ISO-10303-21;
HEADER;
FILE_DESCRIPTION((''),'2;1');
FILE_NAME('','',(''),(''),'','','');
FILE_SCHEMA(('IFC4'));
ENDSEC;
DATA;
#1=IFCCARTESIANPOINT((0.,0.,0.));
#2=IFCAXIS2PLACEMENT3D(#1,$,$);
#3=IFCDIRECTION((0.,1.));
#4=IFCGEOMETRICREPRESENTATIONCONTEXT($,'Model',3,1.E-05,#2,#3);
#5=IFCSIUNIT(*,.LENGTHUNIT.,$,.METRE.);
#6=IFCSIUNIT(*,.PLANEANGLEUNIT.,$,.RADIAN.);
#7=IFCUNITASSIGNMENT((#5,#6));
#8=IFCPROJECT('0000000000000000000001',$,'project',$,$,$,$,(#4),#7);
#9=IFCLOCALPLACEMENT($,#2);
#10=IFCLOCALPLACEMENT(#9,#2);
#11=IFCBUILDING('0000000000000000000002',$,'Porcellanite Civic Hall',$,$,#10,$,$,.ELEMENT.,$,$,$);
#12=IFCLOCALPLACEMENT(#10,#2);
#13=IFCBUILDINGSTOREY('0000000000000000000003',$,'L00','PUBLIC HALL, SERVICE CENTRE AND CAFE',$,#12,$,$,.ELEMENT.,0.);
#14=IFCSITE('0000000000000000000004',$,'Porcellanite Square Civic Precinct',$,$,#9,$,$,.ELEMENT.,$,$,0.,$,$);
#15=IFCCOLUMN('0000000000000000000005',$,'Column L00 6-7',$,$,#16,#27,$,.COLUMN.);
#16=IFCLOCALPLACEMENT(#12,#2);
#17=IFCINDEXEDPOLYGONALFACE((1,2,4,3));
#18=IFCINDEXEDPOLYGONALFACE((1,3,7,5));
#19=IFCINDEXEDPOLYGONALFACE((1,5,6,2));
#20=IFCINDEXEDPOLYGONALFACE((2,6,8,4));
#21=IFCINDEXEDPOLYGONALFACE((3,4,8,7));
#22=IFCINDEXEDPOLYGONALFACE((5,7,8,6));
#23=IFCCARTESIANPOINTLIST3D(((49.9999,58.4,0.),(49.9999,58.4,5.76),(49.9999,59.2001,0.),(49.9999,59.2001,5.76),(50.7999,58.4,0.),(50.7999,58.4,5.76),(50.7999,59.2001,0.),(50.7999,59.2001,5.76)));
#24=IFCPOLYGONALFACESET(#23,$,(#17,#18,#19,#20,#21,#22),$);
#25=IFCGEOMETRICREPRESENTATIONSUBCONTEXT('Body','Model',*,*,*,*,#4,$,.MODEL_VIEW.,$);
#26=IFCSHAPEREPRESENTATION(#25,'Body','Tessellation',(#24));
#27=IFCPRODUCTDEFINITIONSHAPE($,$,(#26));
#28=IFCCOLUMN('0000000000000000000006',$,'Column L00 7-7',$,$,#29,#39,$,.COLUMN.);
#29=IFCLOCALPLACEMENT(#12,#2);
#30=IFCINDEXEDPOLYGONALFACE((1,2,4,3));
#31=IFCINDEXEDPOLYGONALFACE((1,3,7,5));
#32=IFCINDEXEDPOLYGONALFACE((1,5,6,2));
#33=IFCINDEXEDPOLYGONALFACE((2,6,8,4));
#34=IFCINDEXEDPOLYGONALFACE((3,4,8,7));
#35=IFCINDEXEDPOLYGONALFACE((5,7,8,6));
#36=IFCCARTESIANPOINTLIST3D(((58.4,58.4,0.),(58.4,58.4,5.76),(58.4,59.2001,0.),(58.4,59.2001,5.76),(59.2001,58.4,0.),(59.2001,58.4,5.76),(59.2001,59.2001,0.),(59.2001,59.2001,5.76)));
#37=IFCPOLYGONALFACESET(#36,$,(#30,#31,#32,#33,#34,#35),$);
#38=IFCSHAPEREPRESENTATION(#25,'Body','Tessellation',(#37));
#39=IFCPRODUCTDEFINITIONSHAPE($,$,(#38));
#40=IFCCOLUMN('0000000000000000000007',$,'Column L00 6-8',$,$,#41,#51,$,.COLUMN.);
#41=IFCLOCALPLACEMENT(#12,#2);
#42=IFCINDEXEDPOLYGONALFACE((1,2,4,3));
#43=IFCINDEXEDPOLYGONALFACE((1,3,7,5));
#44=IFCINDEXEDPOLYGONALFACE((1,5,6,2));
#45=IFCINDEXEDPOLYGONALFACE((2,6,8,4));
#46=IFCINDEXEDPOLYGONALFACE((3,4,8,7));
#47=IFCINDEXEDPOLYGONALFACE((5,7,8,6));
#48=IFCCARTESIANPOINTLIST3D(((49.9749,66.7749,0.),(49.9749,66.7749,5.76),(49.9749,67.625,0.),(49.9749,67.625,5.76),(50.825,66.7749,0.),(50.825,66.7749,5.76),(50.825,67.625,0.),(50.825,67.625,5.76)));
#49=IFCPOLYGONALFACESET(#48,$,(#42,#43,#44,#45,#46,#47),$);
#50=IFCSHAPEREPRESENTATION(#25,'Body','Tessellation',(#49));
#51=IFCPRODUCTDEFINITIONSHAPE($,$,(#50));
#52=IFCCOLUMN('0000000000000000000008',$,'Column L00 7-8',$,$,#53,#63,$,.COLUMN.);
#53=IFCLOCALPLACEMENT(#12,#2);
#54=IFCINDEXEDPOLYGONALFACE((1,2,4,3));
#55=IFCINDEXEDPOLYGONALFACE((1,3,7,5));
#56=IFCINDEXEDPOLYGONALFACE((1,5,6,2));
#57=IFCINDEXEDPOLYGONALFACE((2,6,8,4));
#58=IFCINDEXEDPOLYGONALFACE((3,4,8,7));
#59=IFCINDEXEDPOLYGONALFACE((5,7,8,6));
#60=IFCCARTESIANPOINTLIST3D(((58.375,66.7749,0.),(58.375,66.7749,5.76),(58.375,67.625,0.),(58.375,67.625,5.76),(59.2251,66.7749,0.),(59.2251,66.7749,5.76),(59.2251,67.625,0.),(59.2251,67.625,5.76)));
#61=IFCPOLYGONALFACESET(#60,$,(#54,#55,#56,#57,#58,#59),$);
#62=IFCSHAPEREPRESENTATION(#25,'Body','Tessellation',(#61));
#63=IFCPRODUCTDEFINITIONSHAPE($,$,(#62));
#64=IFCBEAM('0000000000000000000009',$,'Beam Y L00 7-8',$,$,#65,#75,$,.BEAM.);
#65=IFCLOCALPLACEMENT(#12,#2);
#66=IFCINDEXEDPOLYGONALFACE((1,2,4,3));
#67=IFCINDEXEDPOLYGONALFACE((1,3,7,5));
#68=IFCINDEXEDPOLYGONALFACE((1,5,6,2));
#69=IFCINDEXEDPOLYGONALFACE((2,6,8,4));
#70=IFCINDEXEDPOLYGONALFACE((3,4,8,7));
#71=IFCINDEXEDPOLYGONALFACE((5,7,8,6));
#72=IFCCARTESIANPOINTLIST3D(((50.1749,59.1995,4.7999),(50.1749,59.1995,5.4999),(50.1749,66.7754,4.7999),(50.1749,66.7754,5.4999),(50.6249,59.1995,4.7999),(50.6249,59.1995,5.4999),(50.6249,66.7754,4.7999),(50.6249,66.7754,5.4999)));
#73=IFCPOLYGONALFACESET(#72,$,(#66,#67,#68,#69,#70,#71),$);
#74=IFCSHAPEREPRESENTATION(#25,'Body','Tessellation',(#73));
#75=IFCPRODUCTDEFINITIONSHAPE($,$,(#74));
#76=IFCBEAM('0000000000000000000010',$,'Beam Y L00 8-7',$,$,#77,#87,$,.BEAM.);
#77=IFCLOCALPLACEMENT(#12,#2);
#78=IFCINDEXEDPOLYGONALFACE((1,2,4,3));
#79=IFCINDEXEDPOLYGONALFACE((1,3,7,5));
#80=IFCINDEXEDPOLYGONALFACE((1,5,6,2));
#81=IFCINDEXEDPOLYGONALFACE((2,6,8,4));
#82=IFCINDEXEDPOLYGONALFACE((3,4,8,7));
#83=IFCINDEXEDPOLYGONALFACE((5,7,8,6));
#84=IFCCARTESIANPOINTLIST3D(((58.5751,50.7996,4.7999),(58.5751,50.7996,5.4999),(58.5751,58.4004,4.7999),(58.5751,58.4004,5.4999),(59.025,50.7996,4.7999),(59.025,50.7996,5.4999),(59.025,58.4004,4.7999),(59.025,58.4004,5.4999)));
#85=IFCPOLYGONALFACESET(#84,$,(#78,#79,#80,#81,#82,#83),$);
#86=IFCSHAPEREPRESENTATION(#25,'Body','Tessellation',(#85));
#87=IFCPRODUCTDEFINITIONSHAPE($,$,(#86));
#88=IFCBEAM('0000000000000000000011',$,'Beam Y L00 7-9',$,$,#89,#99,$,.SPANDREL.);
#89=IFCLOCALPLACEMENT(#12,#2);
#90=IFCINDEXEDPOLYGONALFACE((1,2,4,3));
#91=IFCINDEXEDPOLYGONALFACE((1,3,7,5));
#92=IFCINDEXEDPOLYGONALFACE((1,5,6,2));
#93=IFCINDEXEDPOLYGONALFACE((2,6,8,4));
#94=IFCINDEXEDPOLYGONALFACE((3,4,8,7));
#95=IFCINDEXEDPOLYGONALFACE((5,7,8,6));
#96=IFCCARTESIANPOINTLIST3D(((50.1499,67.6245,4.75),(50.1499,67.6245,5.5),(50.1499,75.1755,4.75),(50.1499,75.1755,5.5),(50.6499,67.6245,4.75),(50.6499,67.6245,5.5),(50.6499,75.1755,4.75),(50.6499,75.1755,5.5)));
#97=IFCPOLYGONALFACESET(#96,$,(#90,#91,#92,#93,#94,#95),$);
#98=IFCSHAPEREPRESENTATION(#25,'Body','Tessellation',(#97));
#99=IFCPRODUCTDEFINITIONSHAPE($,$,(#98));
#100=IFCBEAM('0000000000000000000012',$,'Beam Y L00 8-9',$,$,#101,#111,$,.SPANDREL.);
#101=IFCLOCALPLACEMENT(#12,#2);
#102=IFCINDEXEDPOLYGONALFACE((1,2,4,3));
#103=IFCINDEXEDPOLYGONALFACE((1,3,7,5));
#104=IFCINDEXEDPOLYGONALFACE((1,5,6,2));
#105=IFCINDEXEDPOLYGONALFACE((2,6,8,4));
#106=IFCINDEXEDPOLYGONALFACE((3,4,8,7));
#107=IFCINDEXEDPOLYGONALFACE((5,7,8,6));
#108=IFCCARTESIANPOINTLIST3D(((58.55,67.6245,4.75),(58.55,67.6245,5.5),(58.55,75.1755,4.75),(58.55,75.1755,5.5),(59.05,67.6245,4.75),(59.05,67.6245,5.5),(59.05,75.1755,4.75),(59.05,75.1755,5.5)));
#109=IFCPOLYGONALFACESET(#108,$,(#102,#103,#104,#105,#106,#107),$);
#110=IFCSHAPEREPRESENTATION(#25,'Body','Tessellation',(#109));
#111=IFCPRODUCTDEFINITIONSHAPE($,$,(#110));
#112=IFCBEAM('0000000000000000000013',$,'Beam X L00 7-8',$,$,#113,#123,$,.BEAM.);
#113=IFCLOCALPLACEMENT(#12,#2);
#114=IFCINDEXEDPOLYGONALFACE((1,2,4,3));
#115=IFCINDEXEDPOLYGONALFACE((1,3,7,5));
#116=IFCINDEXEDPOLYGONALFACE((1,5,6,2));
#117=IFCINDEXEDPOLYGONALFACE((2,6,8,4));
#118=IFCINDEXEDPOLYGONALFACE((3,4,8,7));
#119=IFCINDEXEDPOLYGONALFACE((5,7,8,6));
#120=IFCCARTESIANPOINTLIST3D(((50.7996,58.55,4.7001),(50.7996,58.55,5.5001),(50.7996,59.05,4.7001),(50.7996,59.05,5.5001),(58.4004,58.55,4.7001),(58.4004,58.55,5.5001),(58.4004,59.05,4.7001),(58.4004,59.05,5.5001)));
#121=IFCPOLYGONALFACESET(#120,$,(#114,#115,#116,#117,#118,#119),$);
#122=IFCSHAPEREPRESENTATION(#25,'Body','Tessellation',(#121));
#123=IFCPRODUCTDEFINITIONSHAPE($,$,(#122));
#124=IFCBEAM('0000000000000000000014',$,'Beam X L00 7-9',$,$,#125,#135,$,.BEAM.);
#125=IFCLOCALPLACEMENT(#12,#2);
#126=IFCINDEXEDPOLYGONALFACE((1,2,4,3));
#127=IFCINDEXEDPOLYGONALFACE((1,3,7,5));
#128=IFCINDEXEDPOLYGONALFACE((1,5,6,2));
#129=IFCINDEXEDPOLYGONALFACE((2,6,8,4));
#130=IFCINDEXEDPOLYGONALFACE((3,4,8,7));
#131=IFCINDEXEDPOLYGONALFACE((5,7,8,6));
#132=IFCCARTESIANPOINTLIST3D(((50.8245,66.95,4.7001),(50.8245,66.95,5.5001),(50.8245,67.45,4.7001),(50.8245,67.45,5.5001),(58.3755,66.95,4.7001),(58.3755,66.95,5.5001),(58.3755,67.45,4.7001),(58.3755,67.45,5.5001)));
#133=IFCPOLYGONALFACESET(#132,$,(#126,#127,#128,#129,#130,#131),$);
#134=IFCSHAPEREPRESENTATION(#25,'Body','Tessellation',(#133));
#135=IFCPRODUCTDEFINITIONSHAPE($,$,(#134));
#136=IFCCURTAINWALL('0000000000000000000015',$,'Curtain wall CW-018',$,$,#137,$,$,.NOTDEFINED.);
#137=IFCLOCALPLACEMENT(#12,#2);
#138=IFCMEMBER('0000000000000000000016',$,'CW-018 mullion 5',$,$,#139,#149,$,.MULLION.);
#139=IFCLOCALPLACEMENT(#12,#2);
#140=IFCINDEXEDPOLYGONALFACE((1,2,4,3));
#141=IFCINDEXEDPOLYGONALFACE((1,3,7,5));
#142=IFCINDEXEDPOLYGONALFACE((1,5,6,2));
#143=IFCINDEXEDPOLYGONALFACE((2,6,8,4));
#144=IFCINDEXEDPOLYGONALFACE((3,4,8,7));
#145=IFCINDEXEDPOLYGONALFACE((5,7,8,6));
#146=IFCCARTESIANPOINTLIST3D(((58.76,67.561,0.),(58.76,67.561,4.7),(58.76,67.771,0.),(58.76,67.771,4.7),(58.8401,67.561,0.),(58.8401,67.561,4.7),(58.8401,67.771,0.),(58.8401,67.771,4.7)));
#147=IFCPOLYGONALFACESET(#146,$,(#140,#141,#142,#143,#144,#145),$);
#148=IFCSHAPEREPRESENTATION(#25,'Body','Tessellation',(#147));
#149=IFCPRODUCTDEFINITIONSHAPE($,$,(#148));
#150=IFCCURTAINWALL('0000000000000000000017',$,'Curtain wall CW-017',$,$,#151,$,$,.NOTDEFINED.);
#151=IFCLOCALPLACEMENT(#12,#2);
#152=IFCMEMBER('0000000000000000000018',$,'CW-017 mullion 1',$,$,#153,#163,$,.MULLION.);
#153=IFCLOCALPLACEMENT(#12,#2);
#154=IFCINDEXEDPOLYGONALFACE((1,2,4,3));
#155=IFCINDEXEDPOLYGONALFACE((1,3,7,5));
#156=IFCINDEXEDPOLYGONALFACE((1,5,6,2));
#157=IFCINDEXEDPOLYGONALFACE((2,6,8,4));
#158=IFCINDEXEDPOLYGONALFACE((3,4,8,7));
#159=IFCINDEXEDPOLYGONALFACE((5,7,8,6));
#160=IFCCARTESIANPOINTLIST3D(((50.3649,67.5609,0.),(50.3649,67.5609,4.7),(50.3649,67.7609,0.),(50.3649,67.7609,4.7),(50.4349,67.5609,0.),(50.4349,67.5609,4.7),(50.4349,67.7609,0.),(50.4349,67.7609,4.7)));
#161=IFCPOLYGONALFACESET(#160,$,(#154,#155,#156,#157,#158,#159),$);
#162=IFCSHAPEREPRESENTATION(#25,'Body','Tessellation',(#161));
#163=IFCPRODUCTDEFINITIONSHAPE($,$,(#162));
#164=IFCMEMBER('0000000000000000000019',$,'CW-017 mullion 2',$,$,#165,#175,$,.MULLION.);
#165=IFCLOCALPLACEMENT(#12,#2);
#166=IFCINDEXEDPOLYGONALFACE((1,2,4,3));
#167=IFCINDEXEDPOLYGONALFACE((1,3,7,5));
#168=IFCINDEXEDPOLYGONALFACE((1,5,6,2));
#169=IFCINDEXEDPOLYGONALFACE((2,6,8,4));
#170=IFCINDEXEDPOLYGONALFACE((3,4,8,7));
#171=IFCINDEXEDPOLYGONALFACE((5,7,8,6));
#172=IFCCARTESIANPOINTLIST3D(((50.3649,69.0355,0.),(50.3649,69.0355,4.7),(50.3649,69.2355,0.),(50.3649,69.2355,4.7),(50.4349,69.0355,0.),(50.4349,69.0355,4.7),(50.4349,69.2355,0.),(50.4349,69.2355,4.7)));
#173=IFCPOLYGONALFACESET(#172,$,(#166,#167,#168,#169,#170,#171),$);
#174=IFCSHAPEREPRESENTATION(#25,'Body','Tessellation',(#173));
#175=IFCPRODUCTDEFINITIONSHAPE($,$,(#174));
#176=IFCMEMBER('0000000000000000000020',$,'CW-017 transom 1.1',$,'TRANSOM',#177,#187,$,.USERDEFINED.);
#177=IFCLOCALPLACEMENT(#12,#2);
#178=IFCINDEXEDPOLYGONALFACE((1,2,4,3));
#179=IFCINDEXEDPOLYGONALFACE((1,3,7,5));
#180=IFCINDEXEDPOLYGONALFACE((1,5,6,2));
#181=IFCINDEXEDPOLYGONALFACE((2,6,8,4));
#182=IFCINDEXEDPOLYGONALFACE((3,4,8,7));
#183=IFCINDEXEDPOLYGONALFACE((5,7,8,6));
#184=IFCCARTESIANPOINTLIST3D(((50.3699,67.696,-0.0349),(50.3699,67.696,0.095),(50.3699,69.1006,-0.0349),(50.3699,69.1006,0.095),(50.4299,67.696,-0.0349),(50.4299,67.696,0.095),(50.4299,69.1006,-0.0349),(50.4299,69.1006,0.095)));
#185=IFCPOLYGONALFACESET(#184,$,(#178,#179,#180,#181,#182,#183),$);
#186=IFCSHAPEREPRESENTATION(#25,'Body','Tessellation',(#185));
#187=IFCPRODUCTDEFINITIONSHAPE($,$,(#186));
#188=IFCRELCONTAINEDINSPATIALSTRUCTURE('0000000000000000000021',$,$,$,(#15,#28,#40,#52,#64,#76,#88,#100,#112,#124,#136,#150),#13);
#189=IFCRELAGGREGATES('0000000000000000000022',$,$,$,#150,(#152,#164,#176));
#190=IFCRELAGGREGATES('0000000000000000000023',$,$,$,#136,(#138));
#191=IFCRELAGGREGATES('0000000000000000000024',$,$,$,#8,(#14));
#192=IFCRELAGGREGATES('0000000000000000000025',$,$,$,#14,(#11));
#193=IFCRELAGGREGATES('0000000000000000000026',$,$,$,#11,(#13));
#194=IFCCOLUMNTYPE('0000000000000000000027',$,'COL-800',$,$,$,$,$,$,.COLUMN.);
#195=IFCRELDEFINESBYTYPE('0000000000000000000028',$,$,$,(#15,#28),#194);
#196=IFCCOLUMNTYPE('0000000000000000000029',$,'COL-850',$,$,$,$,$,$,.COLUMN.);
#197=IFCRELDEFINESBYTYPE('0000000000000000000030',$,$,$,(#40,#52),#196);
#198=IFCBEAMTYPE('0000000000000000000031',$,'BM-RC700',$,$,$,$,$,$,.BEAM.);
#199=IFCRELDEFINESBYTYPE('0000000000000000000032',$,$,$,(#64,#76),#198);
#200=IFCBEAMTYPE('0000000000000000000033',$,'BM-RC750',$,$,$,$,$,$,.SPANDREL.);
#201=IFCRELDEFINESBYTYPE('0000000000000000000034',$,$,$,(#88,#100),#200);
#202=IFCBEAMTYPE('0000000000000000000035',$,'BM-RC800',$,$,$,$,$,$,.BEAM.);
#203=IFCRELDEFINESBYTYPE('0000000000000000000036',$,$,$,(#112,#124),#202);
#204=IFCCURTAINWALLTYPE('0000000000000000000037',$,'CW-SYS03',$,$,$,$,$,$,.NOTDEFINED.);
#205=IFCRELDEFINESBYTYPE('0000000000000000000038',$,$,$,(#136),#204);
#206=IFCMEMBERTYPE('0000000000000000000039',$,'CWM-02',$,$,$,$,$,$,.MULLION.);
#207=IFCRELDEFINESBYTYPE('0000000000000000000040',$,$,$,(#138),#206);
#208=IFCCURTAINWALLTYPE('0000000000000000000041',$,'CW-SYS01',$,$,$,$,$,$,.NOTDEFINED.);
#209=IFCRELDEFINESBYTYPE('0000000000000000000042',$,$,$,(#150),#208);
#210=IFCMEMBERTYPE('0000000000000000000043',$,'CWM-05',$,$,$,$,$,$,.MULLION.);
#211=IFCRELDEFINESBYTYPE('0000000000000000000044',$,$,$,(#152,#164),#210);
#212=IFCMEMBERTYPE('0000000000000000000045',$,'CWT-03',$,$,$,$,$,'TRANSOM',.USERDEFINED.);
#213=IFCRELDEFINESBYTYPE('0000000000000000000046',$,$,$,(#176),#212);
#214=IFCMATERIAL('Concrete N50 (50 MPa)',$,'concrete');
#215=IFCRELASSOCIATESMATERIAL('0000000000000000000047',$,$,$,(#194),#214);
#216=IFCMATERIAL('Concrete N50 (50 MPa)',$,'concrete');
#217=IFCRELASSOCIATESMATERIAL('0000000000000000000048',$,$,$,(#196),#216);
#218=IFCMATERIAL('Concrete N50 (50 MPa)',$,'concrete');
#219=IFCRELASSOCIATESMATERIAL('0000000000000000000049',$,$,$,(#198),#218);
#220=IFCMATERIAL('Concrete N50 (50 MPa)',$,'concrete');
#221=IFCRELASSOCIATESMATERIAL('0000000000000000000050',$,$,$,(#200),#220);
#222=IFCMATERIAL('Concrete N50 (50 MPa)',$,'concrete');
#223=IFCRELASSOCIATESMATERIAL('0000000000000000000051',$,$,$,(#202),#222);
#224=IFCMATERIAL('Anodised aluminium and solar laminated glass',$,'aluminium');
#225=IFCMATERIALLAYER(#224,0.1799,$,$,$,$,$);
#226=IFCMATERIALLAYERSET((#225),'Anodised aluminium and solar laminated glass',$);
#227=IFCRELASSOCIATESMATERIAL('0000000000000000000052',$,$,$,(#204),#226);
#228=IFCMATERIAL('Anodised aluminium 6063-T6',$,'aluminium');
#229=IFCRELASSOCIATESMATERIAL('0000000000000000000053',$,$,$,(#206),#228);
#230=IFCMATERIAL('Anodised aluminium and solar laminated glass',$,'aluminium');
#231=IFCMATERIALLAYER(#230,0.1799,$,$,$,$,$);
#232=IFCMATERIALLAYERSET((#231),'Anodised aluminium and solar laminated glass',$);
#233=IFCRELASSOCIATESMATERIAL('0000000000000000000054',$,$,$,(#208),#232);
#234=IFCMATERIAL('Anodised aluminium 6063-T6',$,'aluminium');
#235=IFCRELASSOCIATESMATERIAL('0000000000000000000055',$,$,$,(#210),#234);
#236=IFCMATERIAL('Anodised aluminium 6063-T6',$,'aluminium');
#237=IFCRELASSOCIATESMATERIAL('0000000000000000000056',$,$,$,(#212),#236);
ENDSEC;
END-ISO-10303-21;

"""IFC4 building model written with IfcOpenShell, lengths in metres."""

from ifc_helpers import new_model, si_unit, direction, frame, origin, origin_2d, place, context, subcontext, project, spatial, rectangle, extrude, material, layer, layer_set, material_profile, profile_set, type_object, element, aggregate, save


model = new_model("IFC4")

# Units and contexts
model_context = context("Model", 3, precision=1e-05, world=origin(), true_north=direction((0.0, 1.0)))
body_context = subcontext(model_context, "Body", "Model", "MODEL_VIEW")
ifc_project = project(units=[si_unit("LENGTHUNIT", "METRE"), si_unit("PLANEANGLEUNIT", "RADIAN")], contexts=[model_context])

# Site, building, storey
site_placement = place(None, origin())
site = spatial("IfcSite", under=ifc_project, at=site_placement, Name="Porcellanite Square Civic Precinct", CompositionType="ELEMENT", RefElevation=0.0)
building_placement = place(site_placement, origin())
building = spatial("IfcBuilding", under=site, at=building_placement, Name="Porcellanite Civic Hall", CompositionType="ELEMENT")
storey_placement = place(building_placement, origin())
storey = spatial("IfcBuildingStorey", under=building, at=storey_placement, Name="L00", Description="PUBLIC HALL, SERVICE CENTRE AND CAFE", CompositionType="ELEMENT", Elevation=0.0)

# Columns
ifc_material_1 = material(Name="Concrete N50 (50 MPa)", Category="concrete")
ifc_material_profile_1 = material_profile(ifc_material_1, rectangle(XDim=0.8, YDim=0.8, at=origin_2d()), Name="RC-800x800")
ifc_profile_set_1 = profile_set([ifc_material_profile_1], Name="Concrete N50 (50 MPa)")
column_type_1 = type_object("IfcColumnType", Name="COL-800", PredefinedType="COLUMN", material=ifc_profile_set_1)
for number, where, z_axis, x_axis, name in (
    (1, (50.3999, 58.8, 0.0), (0.0, 0.0, 1.0), (1.0, 0.0, 0.0), "Column L00 6-7"),
    (2, (58.8, 58.8, 0.0), (0.0, 0.0, 1.0), (1.0, 0.0, 0.0), "Column L00 7-7"),
):
    element("IfcColumn", number, at=place(storey_placement, frame(where, z_axis=z_axis, x_axis=x_axis)), inside=storey, type_object=column_type_1, Name=name, PredefinedType="COLUMN", context=body_context, shape_type="SweptSolid", body=[
        extrude(rectangle(XDim=0.8, YDim=0.8, at=origin_2d()), origin(), (0.0, 0.0, 1.0), 5.76),
    ])
ifc_material_2 = material(Name="Concrete N50 (50 MPa)", Category="concrete")
ifc_material_profile_2 = material_profile(ifc_material_2, rectangle(XDim=0.8501, YDim=0.8501, at=origin_2d()), Name="RC-850x850")
ifc_profile_set_2 = profile_set([ifc_material_profile_2], Name="Concrete N50 (50 MPa)")
column_type_2 = type_object("IfcColumnType", Name="COL-850", PredefinedType="COLUMN", material=ifc_profile_set_2)
for number, where, z_axis, x_axis, name in (
    (3, (50.3999, 67.2, 0.0), (0.0, 0.0, 1.0), (1.0, 0.0, 0.0), "Column L00 6-8"),
    (4, (58.8, 67.2, 0.0), (0.0, 0.0, 1.0), (1.0, 0.0, 0.0), "Column L00 7-8"),
):
    element("IfcColumn", number, at=place(storey_placement, frame(where, z_axis=z_axis, x_axis=x_axis)), inside=storey, type_object=column_type_2, Name=name, PredefinedType="COLUMN", context=body_context, shape_type="SweptSolid", body=[
        extrude(rectangle(XDim=0.8501, YDim=0.8501, at=origin_2d()), origin(), (0.0, 0.0, 1.0), 5.76),
    ])

# Beams
ifc_material_3 = material(Name="Concrete N50 (50 MPa)", Category="concrete")
ifc_material_profile_3 = material_profile(ifc_material_3, rectangle(XDim=0.45, YDim=0.7, at=origin_2d()), Name="RC-450x700")
ifc_profile_set_3 = profile_set([ifc_material_profile_3], Name="Concrete N50 (50 MPa)")
beam_type_1 = type_object("IfcBeamType", Name="BM-RC700", PredefinedType="BEAM", material=ifc_profile_set_3)
beam_1_placement = place(storey_placement, frame((50.3999, 59.1995, 5.1499), z_axis=(0.0, 1.0, 0.0), x_axis=(-1.0, 0.0, 0.0)))
element("IfcBeam", 5, at=beam_1_placement, inside=storey, type_object=beam_type_1, Name="Beam Y L00 7-8", PredefinedType="BEAM", context=body_context, shape_type="SweptSolid", body=[
    extrude(rectangle(XDim=0.45, YDim=0.7, at=origin_2d()), origin(), (0.0, 0.0, 1.0), 7.5759),
])
beam_2_placement = place(storey_placement, frame((58.8, 50.7996, 5.1499), z_axis=(0.0, 1.0, 0.0), x_axis=(-1.0, 0.0, 0.0)))
element("IfcBeam", 6, at=beam_2_placement, inside=storey, type_object=beam_type_1, Name="Beam Y L00 8-7", PredefinedType="BEAM", context=body_context, shape_type="SweptSolid", body=[
    extrude(rectangle(XDim=0.45, YDim=0.7, at=origin_2d()), origin(), (0.0, 0.0, 1.0), 7.6008),
])
ifc_material_4 = material(Name="Concrete N50 (50 MPa)", Category="concrete")
ifc_material_profile_4 = material_profile(ifc_material_4, rectangle(XDim=0.5, YDim=0.75, at=origin_2d()), Name="RC-500x750")
ifc_profile_set_4 = profile_set([ifc_material_profile_4], Name="Concrete N50 (50 MPa)")
beam_type_2 = type_object("IfcBeamType", Name="BM-RC750", PredefinedType="SPANDREL", material=ifc_profile_set_4)
for number, where, z_axis, x_axis, name in (
    (7, (50.3999, 67.6245, 5.125), (0.0, 1.0, 0.0), (-1.0, 0.0, 0.0), "Beam Y L00 7-9"),
    (8, (58.8, 67.6245, 5.125), (0.0, 1.0, 0.0), (-1.0, 0.0, 0.0), "Beam Y L00 8-9"),
):
    element("IfcBeam", number, at=place(storey_placement, frame(where, z_axis=z_axis, x_axis=x_axis)), inside=storey, type_object=beam_type_2, Name=name, PredefinedType="SPANDREL", context=body_context, shape_type="SweptSolid", body=[
        extrude(rectangle(XDim=0.5, YDim=0.75, at=origin_2d()), origin(), (0.0, 0.0, 1.0), 7.551),
    ])
ifc_material_5 = material(Name="Concrete N50 (50 MPa)", Category="concrete")
ifc_material_profile_5 = material_profile(ifc_material_5, rectangle(XDim=0.5, YDim=0.8, at=origin_2d()), Name="RC-500x800")
ifc_profile_set_5 = profile_set([ifc_material_profile_5], Name="Concrete N50 (50 MPa)")
beam_type_3 = type_object("IfcBeamType", Name="BM-RC800", PredefinedType="BEAM", material=ifc_profile_set_5)
beam_3_placement = place(storey_placement, frame((50.7996, 58.8, 5.1001), z_axis=(1.0, 0.0, 0.0), x_axis=(0.0, 1.0, 0.0)))
element("IfcBeam", 9, at=beam_3_placement, inside=storey, type_object=beam_type_3, Name="Beam X L00 7-8", PredefinedType="BEAM", context=body_context, shape_type="SweptSolid", body=[
    extrude(rectangle(XDim=0.5, YDim=0.8, at=origin_2d()), origin(), (0.0, 0.0, 1.0), 7.6008),
])
beam_4_placement = place(storey_placement, frame((50.8245, 67.2, 5.1001), z_axis=(1.0, 0.0, 0.0), x_axis=(0.0, 1.0, 0.0)))
element("IfcBeam", 10, at=beam_4_placement, inside=storey, type_object=beam_type_3, Name="Beam X L00 7-9", PredefinedType="BEAM", context=body_context, shape_type="SweptSolid", body=[
    extrude(rectangle(XDim=0.5, YDim=0.8, at=origin_2d()), origin(), (0.0, 0.0, 1.0), 7.551),
])

# Curtain wall, member
ifc_material_6 = material(Name="Anodised aluminium and solar laminated glass", Category="aluminium")
ifc_layer_1 = layer(ifc_material_6, 0.1799)
ifc_layer_set_1 = layer_set([ifc_layer_1], Name="Anodised aluminium and solar laminated glass")
curtain_wall_type_1 = type_object("IfcCurtainWallType", Name="CW-SYS03", PredefinedType="NOTDEFINED", material=ifc_layer_set_1)
curtain_wall_1_placement = place(storey_placement, origin())
curtain_wall_1 = element("IfcCurtainWall", 11, at=curtain_wall_1_placement, inside=storey, type_object=curtain_wall_type_1, Name="Curtain wall CW-018", PredefinedType="NOTDEFINED")
ifc_material_7 = material(Name="Anodised aluminium 6063-T6", Category="aluminium")
ifc_material_profile_6 = material_profile(ifc_material_7, rectangle(XDim=0.0801, YDim=0.21, at=origin_2d()), Name="AL-80x210")
ifc_profile_set_6 = profile_set([ifc_material_profile_6], Name="Anodised aluminium 6063-T6")
member_type_1 = type_object("IfcMemberType", Name="CWM-02", PredefinedType="MULLION", material=ifc_profile_set_6)
member_1_placement = place(storey_placement, frame((58.8, 67.666, 0.0), z_axis=(0.0, 0.0, 1.0), x_axis=(1.0, 0.0, 0.0)))
member_1 = element("IfcMember", 12, at=member_1_placement, type_object=member_type_1, Name="CW-018 mullion 5", PredefinedType="MULLION", context=body_context, shape_type="SweptSolid", body=[
    extrude(rectangle(XDim=0.0801, YDim=0.21, at=origin_2d()), origin(), (0.0, 0.0, 1.0), 4.7),
])

# Curtain wall, members
ifc_material_8 = material(Name="Anodised aluminium and solar laminated glass", Category="aluminium")
ifc_layer_2 = layer(ifc_material_8, 0.1799)
ifc_layer_set_2 = layer_set([ifc_layer_2], Name="Anodised aluminium and solar laminated glass")
curtain_wall_type_2 = type_object("IfcCurtainWallType", Name="CW-SYS01", PredefinedType="NOTDEFINED", material=ifc_layer_set_2)
curtain_wall_2_placement = place(storey_placement, origin())
curtain_wall_2 = element("IfcCurtainWall", 13, at=curtain_wall_2_placement, inside=storey, type_object=curtain_wall_type_2, Name="Curtain wall CW-017", PredefinedType="NOTDEFINED")
ifc_material_9 = material(Name="Anodised aluminium 6063-T6", Category="aluminium")
ifc_material_profile_7 = material_profile(ifc_material_9, rectangle(XDim=0.0701, YDim=0.2, at=origin_2d()), Name="AL-70x200")
ifc_profile_set_7 = profile_set([ifc_material_profile_7], Name="Anodised aluminium 6063-T6")
member_type_2 = type_object("IfcMemberType", Name="CWM-05", PredefinedType="MULLION", material=ifc_profile_set_7)
member_2_placement = place(storey_placement, frame((50.3999, 67.6609, 0.0), z_axis=(0.0, 0.0, 1.0), x_axis=(-1.0, 0.0, 0.0)))
member_2 = element("IfcMember", 14, at=member_2_placement, type_object=member_type_2, Name="CW-017 mullion 1", PredefinedType="MULLION", context=body_context, shape_type="SweptSolid", body=[
    extrude(rectangle(XDim=0.0701, YDim=0.2, at=origin_2d()), origin(), (0.0, 0.0, 1.0), 4.7),
])
member_3_placement = place(storey_placement, frame((50.3999, 69.1355, 0.0), z_axis=(0.0, 0.0, 1.0), x_axis=(-1.0, 0.0, 0.0)))
member_3 = element("IfcMember", 15, at=member_3_placement, type_object=member_type_2, Name="CW-017 mullion 2", PredefinedType="MULLION", context=body_context, shape_type="SweptSolid", body=[
    extrude(rectangle(XDim=0.0701, YDim=0.2, at=origin_2d()), origin(), (0.0, 0.0, 1.0), 4.7),
])
ifc_material_10 = material(Name="Anodised aluminium 6063-T6", Category="aluminium")
ifc_material_profile_8 = material_profile(ifc_material_10, rectangle(XDim=0.0601, YDim=0.1299, at=origin_2d()), Name="AL-60x130")
ifc_profile_set_8 = profile_set([ifc_material_profile_8], Name="Anodised aluminium 6063-T6")
member_type_3 = type_object("IfcMemberType", Name="CWT-03", ElementType="TRANSOM", PredefinedType="USERDEFINED", material=ifc_profile_set_8)
member_4_placement = place(storey_placement, frame((50.3999, 67.696, 0.03), z_axis=(0.0, 1.0, 0.0), x_axis=(-1.0, 0.0, 0.0)))
member_4 = element("IfcMember", 16, at=member_4_placement, type_object=member_type_3, Name="CW-017 transom 1.1", ObjectType="TRANSOM", PredefinedType="USERDEFINED", context=body_context, shape_type="SweptSolid", body=[
    extrude(rectangle(XDim=0.0601, YDim=0.1299, at=origin_2d()), origin(), (0.0, 0.0, 1.0), 1.4045),
])

aggregate(curtain_wall_2, [member_2, member_3, member_4])
aggregate(curtain_wall_1, [member_1])

save(model, "model.ifc")
